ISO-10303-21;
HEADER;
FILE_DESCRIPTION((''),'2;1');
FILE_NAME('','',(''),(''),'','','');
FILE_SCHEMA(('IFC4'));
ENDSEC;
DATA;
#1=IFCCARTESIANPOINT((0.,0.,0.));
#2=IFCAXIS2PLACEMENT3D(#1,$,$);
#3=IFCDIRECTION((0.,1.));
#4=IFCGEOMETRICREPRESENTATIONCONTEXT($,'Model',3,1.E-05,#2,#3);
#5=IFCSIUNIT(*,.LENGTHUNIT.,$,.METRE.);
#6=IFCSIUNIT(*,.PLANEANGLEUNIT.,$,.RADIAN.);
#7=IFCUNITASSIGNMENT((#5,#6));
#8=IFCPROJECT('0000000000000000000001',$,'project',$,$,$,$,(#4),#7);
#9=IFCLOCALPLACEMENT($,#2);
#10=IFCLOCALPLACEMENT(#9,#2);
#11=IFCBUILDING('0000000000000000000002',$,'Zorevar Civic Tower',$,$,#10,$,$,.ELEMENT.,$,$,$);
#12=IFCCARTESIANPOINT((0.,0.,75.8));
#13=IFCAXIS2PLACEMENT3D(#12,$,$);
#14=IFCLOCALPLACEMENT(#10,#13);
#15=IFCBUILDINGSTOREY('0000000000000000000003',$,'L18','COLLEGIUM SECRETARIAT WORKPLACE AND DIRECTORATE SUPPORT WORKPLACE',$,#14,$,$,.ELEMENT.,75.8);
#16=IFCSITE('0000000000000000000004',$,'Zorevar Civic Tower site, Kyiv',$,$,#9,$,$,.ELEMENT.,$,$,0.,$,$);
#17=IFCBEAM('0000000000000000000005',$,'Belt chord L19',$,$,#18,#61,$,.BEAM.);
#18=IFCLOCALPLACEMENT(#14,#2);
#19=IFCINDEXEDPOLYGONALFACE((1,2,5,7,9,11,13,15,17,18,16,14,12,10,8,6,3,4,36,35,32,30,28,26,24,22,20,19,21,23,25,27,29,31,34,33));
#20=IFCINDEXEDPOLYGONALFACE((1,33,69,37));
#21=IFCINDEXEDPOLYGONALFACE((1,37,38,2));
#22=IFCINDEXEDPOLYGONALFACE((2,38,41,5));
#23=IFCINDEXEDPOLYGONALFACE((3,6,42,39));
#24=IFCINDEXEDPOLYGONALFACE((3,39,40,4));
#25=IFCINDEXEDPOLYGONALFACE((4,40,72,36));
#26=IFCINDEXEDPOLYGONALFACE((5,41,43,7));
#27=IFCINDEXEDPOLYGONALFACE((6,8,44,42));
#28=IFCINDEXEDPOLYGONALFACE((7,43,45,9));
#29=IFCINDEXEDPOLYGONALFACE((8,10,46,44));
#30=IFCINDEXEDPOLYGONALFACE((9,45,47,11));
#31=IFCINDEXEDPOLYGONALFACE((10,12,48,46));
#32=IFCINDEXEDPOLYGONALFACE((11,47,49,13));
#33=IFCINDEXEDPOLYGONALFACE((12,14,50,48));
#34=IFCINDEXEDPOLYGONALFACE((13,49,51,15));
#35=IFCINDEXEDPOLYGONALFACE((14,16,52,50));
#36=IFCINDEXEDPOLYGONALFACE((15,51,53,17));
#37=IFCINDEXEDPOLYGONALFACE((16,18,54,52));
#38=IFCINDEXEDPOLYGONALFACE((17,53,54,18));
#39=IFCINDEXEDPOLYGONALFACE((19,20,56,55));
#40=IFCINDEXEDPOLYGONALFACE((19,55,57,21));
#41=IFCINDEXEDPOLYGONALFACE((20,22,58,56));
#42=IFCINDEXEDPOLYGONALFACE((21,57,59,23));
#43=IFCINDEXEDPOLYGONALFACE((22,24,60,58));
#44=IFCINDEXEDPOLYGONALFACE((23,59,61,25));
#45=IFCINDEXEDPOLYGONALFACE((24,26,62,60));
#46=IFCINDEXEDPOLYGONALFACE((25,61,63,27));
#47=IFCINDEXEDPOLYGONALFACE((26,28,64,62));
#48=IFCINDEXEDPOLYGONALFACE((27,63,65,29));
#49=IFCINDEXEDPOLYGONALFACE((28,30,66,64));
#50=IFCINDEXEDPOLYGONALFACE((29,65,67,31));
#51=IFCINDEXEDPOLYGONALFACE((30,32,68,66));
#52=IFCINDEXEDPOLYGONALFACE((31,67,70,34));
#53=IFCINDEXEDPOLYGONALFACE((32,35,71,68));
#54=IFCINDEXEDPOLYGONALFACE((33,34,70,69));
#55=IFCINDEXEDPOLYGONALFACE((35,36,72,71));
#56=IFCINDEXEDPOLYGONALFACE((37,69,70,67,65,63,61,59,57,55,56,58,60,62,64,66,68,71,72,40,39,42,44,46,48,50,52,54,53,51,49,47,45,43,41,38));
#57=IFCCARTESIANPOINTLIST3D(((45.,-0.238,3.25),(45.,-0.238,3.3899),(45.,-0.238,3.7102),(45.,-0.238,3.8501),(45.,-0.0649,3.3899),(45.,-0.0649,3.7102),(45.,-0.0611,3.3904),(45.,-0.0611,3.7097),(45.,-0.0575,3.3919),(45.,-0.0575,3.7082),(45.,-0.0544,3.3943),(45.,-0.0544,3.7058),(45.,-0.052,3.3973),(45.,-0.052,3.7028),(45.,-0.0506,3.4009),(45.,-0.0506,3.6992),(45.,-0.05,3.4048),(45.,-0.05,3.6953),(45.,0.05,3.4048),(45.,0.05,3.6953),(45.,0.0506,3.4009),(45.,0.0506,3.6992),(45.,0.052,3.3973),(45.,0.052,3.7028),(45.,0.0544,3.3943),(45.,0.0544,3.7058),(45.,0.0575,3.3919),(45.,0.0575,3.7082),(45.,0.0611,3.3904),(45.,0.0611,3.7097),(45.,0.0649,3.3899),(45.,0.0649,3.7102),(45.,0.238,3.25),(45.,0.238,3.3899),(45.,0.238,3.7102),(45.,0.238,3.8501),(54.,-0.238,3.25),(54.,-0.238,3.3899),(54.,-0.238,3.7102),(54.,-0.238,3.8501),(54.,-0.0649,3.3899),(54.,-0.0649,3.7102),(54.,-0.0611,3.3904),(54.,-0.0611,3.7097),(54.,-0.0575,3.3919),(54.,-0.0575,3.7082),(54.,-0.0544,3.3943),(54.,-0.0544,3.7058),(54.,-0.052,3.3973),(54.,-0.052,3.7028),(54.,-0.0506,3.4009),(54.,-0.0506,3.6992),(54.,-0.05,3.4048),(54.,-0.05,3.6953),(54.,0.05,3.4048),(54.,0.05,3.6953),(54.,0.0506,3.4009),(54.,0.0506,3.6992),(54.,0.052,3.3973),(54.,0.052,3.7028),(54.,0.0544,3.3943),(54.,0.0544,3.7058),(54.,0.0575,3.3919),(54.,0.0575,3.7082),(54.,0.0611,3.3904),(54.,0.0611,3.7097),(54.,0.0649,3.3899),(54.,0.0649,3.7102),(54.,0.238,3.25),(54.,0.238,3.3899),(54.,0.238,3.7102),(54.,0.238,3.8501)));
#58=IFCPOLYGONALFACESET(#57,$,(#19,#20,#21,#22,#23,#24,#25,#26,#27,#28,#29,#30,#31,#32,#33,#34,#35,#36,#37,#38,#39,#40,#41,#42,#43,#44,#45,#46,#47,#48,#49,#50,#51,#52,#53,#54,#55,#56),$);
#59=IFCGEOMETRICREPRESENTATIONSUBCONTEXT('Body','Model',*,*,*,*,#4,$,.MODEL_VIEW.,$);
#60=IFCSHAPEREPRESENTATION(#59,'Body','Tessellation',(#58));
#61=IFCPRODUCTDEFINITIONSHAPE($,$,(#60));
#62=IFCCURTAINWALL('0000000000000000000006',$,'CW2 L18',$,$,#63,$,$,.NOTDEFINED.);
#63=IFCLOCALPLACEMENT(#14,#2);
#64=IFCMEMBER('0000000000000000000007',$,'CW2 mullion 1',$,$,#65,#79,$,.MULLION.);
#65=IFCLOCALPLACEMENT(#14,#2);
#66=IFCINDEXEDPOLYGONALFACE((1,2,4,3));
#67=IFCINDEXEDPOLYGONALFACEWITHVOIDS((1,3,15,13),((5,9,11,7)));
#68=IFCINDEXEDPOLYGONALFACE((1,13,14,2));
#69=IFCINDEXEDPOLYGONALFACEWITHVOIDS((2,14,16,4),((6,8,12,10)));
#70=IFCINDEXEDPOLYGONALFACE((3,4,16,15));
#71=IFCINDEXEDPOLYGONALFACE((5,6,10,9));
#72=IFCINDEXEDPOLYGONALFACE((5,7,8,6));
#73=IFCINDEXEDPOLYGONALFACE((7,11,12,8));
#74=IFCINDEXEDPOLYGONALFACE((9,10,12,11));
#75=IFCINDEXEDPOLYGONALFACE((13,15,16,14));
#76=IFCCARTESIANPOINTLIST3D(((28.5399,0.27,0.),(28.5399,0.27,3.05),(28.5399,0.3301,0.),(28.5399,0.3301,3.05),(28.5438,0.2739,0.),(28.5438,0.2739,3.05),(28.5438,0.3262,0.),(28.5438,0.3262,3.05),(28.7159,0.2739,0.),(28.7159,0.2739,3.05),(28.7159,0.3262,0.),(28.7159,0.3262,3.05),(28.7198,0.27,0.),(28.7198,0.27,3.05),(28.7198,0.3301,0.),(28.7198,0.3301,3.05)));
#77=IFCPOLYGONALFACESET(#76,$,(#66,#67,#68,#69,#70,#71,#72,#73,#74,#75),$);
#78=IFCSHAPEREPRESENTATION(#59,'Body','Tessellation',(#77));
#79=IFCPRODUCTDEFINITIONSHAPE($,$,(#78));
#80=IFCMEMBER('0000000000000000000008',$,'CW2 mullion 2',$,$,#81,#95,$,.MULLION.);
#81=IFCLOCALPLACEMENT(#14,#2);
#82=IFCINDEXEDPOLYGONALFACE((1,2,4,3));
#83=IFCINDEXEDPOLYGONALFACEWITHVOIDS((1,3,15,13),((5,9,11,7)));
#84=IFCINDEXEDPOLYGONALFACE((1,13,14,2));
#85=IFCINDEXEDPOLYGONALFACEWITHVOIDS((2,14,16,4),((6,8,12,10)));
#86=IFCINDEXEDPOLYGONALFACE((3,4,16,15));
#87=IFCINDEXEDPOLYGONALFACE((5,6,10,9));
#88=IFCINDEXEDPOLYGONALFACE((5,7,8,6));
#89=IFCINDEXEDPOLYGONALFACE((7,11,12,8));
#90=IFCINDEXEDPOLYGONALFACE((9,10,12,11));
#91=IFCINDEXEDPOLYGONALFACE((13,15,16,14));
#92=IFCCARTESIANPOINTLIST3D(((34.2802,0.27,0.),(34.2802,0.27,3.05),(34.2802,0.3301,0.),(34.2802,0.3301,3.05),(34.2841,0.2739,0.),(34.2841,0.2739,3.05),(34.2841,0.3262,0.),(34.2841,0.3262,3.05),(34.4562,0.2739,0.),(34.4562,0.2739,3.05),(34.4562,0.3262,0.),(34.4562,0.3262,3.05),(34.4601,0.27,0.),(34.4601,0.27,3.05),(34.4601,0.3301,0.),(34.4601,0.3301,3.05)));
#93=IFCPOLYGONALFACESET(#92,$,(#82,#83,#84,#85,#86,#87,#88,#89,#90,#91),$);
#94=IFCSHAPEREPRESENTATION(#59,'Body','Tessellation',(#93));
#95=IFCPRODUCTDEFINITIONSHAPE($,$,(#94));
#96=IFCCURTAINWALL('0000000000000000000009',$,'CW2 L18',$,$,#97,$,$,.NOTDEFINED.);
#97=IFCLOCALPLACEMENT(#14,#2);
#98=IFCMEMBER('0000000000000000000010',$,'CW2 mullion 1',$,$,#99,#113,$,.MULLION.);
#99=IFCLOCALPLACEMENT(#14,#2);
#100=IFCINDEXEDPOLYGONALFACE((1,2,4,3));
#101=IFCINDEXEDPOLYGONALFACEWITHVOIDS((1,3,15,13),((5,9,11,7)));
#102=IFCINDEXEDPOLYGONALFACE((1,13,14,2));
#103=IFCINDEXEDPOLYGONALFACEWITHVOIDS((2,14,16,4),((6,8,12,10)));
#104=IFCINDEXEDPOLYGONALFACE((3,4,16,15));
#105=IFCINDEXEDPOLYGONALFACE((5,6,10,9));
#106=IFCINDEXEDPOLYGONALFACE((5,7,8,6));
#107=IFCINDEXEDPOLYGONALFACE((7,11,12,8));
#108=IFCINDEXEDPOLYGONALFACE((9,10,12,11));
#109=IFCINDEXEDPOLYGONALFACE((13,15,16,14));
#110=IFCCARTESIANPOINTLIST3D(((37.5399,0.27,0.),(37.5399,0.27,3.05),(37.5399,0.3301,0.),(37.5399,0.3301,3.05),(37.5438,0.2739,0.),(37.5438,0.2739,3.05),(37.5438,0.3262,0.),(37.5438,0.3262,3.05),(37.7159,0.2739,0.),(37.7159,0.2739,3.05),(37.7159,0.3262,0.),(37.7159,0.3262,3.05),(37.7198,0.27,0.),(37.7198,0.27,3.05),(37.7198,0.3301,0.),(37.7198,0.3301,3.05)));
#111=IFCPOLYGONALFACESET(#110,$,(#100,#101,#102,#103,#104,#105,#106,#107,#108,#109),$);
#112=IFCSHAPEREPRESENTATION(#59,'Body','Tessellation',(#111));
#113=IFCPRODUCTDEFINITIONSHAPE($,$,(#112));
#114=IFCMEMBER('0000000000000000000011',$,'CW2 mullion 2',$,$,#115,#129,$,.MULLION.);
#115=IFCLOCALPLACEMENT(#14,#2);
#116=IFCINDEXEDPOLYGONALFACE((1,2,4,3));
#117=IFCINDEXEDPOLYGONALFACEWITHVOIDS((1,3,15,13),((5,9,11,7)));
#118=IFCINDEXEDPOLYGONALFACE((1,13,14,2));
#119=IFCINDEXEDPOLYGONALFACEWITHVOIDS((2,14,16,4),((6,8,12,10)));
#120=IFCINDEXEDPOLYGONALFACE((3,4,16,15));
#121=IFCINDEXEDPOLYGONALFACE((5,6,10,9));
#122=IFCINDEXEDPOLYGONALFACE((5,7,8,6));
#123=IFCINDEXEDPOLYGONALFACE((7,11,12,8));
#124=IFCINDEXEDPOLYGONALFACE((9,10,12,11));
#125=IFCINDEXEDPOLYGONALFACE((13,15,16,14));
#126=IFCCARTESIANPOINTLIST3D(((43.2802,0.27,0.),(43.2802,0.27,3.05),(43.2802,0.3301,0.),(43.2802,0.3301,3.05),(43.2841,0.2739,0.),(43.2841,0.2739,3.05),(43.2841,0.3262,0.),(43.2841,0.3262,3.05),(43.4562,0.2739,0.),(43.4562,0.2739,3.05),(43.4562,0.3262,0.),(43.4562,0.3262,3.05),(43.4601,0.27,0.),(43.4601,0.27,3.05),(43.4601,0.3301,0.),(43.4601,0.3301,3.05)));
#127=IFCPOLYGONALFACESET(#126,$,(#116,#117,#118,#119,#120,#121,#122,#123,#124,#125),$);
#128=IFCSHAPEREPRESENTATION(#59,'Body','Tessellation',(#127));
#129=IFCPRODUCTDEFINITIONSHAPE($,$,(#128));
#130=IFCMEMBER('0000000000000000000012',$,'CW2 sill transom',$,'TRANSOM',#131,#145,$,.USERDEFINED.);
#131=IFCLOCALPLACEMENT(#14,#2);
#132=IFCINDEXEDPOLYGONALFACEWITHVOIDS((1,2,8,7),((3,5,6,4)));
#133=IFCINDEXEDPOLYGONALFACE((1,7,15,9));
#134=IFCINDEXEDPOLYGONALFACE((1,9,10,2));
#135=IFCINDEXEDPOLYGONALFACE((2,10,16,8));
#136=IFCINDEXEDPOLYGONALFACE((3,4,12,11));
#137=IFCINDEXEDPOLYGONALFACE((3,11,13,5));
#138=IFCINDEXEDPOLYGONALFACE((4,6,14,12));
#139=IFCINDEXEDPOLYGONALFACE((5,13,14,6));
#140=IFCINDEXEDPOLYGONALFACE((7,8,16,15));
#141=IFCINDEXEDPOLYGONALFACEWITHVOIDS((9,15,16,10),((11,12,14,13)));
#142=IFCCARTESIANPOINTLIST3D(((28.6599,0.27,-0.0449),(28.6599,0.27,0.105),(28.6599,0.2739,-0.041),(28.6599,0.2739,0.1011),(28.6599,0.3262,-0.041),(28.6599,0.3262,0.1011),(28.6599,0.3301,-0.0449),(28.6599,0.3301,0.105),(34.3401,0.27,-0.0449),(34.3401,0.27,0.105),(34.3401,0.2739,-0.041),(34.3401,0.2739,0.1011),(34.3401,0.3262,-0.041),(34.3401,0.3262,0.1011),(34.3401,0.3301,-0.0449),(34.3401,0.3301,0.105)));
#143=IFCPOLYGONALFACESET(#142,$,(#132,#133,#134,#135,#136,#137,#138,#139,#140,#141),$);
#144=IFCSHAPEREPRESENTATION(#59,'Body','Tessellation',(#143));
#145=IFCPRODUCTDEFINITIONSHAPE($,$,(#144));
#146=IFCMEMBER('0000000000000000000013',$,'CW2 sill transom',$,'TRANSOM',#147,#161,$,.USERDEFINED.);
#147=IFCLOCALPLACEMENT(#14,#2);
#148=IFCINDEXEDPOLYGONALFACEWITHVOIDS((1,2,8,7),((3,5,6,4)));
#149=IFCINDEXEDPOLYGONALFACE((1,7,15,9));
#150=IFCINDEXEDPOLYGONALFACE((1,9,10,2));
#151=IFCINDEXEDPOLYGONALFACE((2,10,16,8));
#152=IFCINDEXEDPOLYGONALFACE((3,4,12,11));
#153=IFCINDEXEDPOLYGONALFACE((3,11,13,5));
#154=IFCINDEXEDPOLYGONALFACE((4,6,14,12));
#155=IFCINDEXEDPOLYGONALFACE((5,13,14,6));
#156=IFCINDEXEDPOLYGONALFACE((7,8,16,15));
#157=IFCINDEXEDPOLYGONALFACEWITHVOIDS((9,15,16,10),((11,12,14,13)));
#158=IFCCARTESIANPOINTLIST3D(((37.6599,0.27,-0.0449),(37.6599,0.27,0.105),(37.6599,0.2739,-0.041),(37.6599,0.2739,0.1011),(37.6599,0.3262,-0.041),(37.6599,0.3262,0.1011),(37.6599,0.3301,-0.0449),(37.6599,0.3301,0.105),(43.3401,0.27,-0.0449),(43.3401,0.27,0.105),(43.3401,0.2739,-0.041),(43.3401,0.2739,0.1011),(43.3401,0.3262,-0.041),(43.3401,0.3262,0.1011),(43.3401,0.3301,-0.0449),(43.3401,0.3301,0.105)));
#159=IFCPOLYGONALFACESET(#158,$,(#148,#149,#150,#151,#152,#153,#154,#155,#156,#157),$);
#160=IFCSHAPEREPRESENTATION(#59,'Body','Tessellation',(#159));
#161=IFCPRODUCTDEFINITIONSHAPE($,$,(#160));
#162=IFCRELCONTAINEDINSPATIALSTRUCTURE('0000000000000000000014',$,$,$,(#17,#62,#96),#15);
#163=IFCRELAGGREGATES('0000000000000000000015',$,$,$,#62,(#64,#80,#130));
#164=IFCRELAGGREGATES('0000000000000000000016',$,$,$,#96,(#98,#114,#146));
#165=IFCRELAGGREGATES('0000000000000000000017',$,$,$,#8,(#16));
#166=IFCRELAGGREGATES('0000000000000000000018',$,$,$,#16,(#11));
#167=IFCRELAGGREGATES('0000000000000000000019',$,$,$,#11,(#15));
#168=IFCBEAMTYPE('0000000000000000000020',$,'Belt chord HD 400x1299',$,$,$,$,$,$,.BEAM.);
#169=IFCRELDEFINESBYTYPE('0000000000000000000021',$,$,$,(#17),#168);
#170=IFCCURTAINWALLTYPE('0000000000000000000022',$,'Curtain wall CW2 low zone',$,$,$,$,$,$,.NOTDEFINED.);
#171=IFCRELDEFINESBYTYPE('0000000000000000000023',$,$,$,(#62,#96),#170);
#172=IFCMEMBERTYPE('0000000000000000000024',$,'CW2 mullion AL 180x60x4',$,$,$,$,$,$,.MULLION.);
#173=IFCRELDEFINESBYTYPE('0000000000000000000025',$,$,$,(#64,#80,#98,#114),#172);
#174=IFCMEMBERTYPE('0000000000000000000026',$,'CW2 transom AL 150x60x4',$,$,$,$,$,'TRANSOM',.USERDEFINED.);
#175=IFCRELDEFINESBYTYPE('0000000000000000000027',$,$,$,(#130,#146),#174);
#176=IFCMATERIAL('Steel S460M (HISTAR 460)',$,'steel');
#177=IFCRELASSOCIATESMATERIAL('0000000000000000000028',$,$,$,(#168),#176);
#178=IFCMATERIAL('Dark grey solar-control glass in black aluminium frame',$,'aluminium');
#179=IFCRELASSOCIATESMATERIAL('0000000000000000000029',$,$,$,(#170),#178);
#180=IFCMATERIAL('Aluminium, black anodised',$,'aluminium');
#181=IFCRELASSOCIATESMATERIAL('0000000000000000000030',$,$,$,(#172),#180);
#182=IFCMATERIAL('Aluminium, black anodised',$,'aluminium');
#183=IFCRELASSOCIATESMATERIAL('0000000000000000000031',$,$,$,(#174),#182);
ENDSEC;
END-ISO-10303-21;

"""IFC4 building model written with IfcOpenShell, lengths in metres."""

from ifc_helpers import new_model, si_unit, direction, frame, origin, origin_2d, place, context, subcontext, project, spatial, hollow_rectangle, i_section, extrude, material, material_profile, profile_set, type_object, element, aggregate, save


model = new_model("IFC4")

# Units and contexts
model_context = context("Model", 3, precision=1e-05, world=origin(), true_north=direction((0.0, 1.0)))
body_context = subcontext(model_context, "Body", "Model", "MODEL_VIEW")
ifc_project = project(units=[si_unit("LENGTHUNIT", "METRE"), si_unit("PLANEANGLEUNIT", "RADIAN")], contexts=[model_context])

# Site, building, storey
site_placement = place(None, origin())
site = spatial("IfcSite", under=ifc_project, at=site_placement, Name="Zorevar Civic Tower site, Kyiv", CompositionType="ELEMENT", RefElevation=0.0)
building_placement = place(site_placement, origin())
building = spatial("IfcBuilding", under=site, at=building_placement, Name="Zorevar Civic Tower", CompositionType="ELEMENT")
storey_placement = place(building_placement, frame((0.0, 0.0, 75.8)))
storey = spatial("IfcBuildingStorey", under=building, at=storey_placement, Name="L18", Description="COLLEGIUM SECRETARIAT WORKPLACE AND DIRECTORATE SUPPORT WORKPLACE", CompositionType="ELEMENT", Elevation=75.8)

# Beam
ifc_material_1 = material(Name="Steel S460M (HISTAR 460)", Category="steel")
ifc_material_profile_1 = material_profile(ifc_material_1, i_section(OverallWidth=0.4761, OverallDepth=0.6001, WebThickness=0.1001, FlangeThickness=0.1399, FilletRadius=0.0149, at=origin_2d()), Name="HD 400x1299")
ifc_profile_set_1 = profile_set([ifc_material_profile_1], Name="Steel S460M (HISTAR 460)")
beam_type_1 = type_object("IfcBeamType", Name="Belt chord HD 400x1299", PredefinedType="BEAM", material=ifc_profile_set_1)
for number, where, z_axis, x_axis, name in (
    (1, (45.0, 0.0, 3.55), (1.0, 0.0, 0.0), (0.0, 1.0, 0.0), "Belt chord L19"),
):
    element("IfcBeam", number, at=place(storey_placement, frame(where, z_axis=z_axis, x_axis=x_axis)), inside=storey, type_object=beam_type_1, Name=name, PredefinedType="BEAM", context=body_context, shape_type="SweptSolid", body=[
        extrude(i_section(OverallWidth=0.4761, OverallDepth=0.6001, WebThickness=0.1001, FlangeThickness=0.1399, FilletRadius=0.0149, at=origin_2d()), origin(), (0.0, 0.0, 1.0), 9.0),
    ])

# Curtain walls, members
ifc_material_2 = material(Name="Dark grey solar-control glass in black aluminium frame", Category="aluminium")
curtain_wall_type = type_object("IfcCurtainWallType", Name="Curtain wall CW2 low zone", PredefinedType="NOTDEFINED", material=ifc_material_2)
curtain_wall_1_placement = place(storey_placement, origin())
curtain_wall_1 = element("IfcCurtainWall", 2, at=curtain_wall_1_placement, inside=storey, type_object=curtain_wall_type, Name="CW2 L18", PredefinedType="NOTDEFINED")
ifc_material_3 = material(Name="Aluminium, black anodised", Category="aluminium")
ifc_material_profile_2 = material_profile(ifc_material_3, hollow_rectangle(XDim=0.0601, YDim=0.1799, WallThickness=0.0039, at=origin_2d()), Name="AL 180x60x4")
ifc_profile_set_2 = profile_set([ifc_material_profile_2], Name="Aluminium, black anodised")
member_type_1 = type_object("IfcMemberType", Name="CW2 mullion AL 180x60x4", PredefinedType="MULLION", material=ifc_profile_set_2)
member_1_placement = place(storey_placement, frame((28.6299, 0.3, 0.0), z_axis=(0.0, 0.0, 1.0), x_axis=(0.0, 1.0, 0.0)))
member_1 = element("IfcMember", 3, at=member_1_placement, type_object=member_type_1, Name="CW2 mullion 1", PredefinedType="MULLION", context=body_context, shape_type="SweptSolid", body=[
    extrude(hollow_rectangle(XDim=0.0601, YDim=0.1799, WallThickness=0.0039, at=origin_2d()), origin(), (0.0, 0.0, 1.0), 3.05),
])
member_2_placement = place(storey_placement, frame((34.3701, 0.3, 0.0), z_axis=(0.0, 0.0, 1.0), x_axis=(0.0, 1.0, 0.0)))
member_2 = element("IfcMember", 4, at=member_2_placement, type_object=member_type_1, Name="CW2 mullion 2", PredefinedType="MULLION", context=body_context, shape_type="SweptSolid", body=[
    extrude(hollow_rectangle(XDim=0.0601, YDim=0.1799, WallThickness=0.0039, at=origin_2d()), origin(), (0.0, 0.0, 1.0), 3.05),
])
curtain_wall_2_placement = place(storey_placement, origin())
curtain_wall_2 = element("IfcCurtainWall", 5, at=curtain_wall_2_placement, inside=storey, type_object=curtain_wall_type, Name="CW2 L18", PredefinedType="NOTDEFINED")
member_3_placement = place(storey_placement, frame((37.6299, 0.3, 0.0), z_axis=(0.0, 0.0, 1.0), x_axis=(0.0, 1.0, 0.0)))
member_3 = element("IfcMember", 6, at=member_3_placement, type_object=member_type_1, Name="CW2 mullion 1", PredefinedType="MULLION", context=body_context, shape_type="SweptSolid", body=[
    extrude(hollow_rectangle(XDim=0.0601, YDim=0.1799, WallThickness=0.0039, at=origin_2d()), origin(), (0.0, 0.0, 1.0), 3.05),
])
member_4_placement = place(storey_placement, frame((43.3701, 0.3, 0.0), z_axis=(0.0, 0.0, 1.0), x_axis=(0.0, 1.0, 0.0)))
member_4 = element("IfcMember", 7, at=member_4_placement, type_object=member_type_1, Name="CW2 mullion 2", PredefinedType="MULLION", context=body_context, shape_type="SweptSolid", body=[
    extrude(hollow_rectangle(XDim=0.0601, YDim=0.1799, WallThickness=0.0039, at=origin_2d()), origin(), (0.0, 0.0, 1.0), 3.05),
])

# Members
ifc_material_4 = material(Name="Aluminium, black anodised", Category="aluminium")
ifc_material_profile_3 = material_profile(ifc_material_4, hollow_rectangle(XDim=0.0601, YDim=0.1499, WallThickness=0.0039, at=origin_2d()), Name="AL 150x60x4")
ifc_profile_set_3 = profile_set([ifc_material_profile_3], Name="Aluminium, black anodised")
member_type_2 = type_object("IfcMemberType", Name="CW2 transom AL 150x60x4", ElementType="TRANSOM", PredefinedType="USERDEFINED", material=ifc_profile_set_3)
member_5_placement = place(storey_placement, frame((28.6599, 0.3, 0.03), z_axis=(1.0, 0.0, 0.0), x_axis=(0.0, 1.0, 0.0)))
member_5 = element("IfcMember", 8, at=member_5_placement, type_object=member_type_2, Name="CW2 sill transom", ObjectType="TRANSOM", PredefinedType="USERDEFINED", context=body_context, shape_type="SweptSolid", body=[
    extrude(hollow_rectangle(XDim=0.0601, YDim=0.1499, WallThickness=0.0039, at=origin_2d()), origin(), (0.0, 0.0, 1.0), 5.6802),
])
member_6_placement = place(storey_placement, frame((37.6599, 0.3, 0.03), z_axis=(1.0, 0.0, 0.0), x_axis=(0.0, 1.0, 0.0)))
member_6 = element("IfcMember", 9, at=member_6_placement, type_object=member_type_2, Name="CW2 sill transom", ObjectType="TRANSOM", PredefinedType="USERDEFINED", context=body_context, shape_type="SweptSolid", body=[
    extrude(hollow_rectangle(XDim=0.0601, YDim=0.1499, WallThickness=0.0039, at=origin_2d()), origin(), (0.0, 0.0, 1.0), 5.6802),
])

aggregate(curtain_wall_1, [member_1, member_2, member_5])
aggregate(curtain_wall_2, [member_3, member_4, member_6])

save(model, "model.ifc")
